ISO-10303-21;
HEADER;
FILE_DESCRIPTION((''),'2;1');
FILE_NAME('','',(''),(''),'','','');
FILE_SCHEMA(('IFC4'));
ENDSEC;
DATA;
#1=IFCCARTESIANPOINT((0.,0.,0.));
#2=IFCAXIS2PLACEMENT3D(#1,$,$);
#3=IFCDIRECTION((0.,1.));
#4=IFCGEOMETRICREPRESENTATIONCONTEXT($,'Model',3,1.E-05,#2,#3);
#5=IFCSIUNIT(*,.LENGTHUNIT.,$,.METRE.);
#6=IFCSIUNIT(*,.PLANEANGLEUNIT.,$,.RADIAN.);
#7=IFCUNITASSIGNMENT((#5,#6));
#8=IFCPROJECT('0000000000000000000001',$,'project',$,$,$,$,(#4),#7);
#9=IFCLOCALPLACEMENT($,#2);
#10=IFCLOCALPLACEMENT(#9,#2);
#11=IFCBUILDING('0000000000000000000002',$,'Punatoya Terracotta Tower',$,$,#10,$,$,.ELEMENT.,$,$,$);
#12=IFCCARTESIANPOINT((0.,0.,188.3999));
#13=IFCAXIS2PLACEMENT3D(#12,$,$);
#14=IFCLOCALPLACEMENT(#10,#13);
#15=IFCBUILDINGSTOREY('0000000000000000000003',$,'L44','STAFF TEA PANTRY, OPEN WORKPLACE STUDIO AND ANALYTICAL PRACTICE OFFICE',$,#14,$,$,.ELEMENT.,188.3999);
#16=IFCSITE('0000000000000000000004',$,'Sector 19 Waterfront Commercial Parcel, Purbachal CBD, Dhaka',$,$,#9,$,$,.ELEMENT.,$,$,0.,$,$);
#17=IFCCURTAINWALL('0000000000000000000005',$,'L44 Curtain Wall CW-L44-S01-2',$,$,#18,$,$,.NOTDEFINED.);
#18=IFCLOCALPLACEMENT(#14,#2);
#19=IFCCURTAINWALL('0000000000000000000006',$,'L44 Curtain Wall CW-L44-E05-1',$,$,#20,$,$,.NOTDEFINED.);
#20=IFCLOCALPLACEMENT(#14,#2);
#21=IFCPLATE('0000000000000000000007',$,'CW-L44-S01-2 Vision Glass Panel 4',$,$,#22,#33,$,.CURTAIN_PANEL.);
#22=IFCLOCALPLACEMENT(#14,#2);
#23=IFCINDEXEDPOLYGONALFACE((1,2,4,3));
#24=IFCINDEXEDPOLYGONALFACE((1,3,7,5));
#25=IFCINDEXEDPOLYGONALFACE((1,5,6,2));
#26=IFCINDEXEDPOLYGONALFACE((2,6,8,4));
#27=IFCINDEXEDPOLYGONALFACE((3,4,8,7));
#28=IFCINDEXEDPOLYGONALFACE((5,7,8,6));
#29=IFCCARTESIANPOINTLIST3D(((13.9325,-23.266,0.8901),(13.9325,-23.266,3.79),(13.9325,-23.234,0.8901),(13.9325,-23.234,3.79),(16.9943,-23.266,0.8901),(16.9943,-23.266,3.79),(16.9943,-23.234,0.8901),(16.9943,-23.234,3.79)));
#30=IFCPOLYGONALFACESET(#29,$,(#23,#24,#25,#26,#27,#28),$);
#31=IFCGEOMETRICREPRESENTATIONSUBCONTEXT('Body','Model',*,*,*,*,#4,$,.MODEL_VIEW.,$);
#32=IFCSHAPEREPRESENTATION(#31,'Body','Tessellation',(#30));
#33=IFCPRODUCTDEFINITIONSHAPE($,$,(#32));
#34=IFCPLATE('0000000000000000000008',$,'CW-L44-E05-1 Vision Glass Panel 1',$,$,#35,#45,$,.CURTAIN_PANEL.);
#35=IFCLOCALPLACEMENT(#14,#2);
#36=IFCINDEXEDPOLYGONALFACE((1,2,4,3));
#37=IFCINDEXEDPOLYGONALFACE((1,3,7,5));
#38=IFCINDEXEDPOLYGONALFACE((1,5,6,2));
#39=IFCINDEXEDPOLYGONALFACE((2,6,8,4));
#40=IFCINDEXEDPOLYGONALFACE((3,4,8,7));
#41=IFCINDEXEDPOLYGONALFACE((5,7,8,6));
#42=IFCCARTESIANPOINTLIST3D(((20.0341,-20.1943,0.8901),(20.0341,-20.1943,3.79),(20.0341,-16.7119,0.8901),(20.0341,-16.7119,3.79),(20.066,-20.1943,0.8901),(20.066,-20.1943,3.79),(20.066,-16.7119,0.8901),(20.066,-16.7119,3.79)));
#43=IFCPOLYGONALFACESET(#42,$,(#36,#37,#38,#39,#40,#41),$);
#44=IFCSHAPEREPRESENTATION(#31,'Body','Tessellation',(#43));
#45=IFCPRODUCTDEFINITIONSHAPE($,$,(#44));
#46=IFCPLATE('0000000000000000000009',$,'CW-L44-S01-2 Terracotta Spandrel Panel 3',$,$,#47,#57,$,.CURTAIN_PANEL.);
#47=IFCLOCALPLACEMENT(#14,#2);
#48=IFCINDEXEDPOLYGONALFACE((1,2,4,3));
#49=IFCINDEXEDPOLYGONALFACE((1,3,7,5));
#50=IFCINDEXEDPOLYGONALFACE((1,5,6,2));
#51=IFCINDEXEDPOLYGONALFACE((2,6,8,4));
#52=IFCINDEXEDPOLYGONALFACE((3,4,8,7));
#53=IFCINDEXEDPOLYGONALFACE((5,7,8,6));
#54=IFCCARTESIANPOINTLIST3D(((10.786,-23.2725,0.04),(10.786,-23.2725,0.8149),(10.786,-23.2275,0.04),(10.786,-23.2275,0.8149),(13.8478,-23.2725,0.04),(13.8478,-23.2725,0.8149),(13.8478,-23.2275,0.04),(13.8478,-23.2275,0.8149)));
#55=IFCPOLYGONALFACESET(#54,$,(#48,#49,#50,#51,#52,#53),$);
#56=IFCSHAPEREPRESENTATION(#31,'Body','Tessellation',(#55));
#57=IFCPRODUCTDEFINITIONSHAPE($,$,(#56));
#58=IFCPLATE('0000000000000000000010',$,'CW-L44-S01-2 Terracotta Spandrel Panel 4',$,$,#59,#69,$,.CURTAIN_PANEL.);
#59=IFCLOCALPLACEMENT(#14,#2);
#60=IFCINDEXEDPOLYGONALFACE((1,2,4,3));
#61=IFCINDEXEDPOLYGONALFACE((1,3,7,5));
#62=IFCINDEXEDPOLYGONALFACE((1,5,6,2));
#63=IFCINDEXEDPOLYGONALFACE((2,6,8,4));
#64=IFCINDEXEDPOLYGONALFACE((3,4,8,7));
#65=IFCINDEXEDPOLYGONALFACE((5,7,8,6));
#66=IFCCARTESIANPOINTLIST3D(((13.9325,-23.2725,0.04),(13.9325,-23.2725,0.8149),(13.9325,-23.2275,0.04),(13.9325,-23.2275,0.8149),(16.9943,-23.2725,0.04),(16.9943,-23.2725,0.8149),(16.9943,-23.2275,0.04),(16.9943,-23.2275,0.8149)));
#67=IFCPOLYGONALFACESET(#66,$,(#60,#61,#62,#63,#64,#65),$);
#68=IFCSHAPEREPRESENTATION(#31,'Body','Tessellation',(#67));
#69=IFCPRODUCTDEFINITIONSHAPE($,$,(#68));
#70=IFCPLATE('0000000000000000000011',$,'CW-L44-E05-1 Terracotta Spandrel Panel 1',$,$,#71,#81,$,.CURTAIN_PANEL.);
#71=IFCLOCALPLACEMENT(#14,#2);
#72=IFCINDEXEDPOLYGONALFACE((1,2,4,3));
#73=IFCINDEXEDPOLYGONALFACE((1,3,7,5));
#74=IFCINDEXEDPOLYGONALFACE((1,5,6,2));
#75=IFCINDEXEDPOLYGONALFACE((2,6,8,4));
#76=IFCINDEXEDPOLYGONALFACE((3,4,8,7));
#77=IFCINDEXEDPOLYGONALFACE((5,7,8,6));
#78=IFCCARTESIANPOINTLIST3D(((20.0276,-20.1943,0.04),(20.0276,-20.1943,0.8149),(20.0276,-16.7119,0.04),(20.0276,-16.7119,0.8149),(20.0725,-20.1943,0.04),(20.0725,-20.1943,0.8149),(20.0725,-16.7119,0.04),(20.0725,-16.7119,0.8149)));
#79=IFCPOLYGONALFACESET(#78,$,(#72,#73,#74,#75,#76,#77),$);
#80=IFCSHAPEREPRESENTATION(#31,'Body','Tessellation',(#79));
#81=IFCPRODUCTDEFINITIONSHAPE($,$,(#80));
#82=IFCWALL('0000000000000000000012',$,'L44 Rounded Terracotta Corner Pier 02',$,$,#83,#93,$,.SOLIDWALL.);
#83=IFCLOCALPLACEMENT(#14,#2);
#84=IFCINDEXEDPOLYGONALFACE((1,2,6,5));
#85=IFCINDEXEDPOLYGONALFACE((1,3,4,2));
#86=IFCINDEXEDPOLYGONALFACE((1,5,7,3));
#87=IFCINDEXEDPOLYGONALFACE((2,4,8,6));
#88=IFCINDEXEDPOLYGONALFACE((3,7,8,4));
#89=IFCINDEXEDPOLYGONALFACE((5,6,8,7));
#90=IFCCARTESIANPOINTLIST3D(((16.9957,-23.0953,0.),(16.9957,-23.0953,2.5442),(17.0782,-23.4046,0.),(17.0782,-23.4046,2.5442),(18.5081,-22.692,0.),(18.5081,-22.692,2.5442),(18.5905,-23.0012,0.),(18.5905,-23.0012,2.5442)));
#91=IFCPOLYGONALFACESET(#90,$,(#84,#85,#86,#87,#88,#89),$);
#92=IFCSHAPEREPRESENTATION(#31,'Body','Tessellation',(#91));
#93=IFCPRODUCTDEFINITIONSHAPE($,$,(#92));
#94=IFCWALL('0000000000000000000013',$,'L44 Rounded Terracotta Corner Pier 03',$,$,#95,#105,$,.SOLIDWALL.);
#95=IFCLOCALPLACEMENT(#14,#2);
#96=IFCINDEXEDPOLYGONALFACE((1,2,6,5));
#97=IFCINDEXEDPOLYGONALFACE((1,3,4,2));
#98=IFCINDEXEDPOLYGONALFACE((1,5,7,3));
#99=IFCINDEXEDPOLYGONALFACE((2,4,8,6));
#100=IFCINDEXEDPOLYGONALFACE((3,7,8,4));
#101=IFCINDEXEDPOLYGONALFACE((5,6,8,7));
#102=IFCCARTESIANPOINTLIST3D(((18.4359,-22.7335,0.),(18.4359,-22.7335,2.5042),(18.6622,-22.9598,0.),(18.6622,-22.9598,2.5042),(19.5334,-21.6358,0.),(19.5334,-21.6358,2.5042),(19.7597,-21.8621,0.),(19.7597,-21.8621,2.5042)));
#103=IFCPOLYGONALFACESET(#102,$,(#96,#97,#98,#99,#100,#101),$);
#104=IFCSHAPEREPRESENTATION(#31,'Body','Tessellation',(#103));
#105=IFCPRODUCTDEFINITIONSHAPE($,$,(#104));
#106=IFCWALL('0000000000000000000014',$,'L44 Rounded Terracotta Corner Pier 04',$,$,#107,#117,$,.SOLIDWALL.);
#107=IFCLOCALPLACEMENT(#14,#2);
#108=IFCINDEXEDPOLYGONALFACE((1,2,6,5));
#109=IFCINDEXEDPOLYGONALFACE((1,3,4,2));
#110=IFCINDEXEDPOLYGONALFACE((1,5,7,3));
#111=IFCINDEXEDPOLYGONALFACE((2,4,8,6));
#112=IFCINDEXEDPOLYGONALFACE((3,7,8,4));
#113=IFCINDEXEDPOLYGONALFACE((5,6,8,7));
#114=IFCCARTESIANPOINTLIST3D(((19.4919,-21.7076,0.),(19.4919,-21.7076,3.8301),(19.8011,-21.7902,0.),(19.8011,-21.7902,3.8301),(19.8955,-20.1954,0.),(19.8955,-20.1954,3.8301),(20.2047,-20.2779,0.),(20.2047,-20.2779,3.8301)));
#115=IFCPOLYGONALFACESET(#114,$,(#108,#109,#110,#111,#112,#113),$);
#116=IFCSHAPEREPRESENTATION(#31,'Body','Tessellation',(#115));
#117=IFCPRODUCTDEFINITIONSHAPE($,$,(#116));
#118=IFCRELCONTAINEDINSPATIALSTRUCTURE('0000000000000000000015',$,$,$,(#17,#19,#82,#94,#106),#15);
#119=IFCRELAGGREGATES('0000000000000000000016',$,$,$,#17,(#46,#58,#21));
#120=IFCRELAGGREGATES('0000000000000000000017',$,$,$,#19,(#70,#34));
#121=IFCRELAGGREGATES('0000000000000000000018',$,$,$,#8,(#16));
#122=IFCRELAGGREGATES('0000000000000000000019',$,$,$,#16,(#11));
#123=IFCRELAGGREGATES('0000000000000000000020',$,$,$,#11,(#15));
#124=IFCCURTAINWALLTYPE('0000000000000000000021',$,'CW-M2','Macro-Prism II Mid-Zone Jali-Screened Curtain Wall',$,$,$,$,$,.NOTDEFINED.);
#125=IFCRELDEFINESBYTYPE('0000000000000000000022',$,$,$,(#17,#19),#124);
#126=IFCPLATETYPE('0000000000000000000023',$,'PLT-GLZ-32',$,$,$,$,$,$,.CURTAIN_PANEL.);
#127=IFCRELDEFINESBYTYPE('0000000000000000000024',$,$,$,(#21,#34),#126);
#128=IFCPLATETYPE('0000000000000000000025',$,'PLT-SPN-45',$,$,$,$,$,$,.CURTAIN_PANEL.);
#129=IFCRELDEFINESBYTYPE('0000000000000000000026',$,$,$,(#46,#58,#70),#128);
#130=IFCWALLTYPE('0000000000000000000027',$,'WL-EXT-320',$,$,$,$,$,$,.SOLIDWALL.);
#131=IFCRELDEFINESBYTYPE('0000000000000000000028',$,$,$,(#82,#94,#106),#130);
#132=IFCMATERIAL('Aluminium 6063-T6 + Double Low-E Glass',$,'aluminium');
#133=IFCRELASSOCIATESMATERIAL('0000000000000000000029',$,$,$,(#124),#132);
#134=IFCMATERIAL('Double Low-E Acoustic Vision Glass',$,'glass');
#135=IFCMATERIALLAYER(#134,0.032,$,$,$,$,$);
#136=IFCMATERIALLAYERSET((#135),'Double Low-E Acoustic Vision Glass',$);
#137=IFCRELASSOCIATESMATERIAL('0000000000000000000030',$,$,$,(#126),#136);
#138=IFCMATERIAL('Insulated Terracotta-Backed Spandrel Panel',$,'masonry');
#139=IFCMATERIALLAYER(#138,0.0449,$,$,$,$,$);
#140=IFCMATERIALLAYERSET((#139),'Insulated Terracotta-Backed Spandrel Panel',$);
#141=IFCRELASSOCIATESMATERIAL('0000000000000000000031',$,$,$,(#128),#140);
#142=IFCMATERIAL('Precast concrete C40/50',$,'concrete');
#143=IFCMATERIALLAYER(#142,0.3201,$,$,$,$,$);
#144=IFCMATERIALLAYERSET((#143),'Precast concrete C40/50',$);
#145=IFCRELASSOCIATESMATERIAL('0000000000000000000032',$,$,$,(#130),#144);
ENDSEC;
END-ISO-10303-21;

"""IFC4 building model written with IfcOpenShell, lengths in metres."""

from ifc_helpers import new_model, si_unit, direction, frame, frame_2d, origin, origin_2d, place, context, subcontext, project, spatial, rectangle, extrude, material, layer, layer_set, type_object, element, aggregate, save


model = new_model("IFC4")

# Units and contexts
model_context = context("Model", 3, precision=1e-05, world=origin(), true_north=direction((0.0, 1.0)))
body_context = subcontext(model_context, "Body", "Model", "MODEL_VIEW")
ifc_project = project(units=[si_unit("LENGTHUNIT", "METRE"), si_unit("PLANEANGLEUNIT", "RADIAN")], contexts=[model_context])

# Site, building, storey
site_placement = place(None, origin())
site = spatial("IfcSite", under=ifc_project, at=site_placement, Name="Sector 19 Waterfront Commercial Parcel, Purbachal CBD, Dhaka", CompositionType="ELEMENT", RefElevation=0.0)
building_placement = place(site_placement, origin())
building = spatial("IfcBuilding", under=site, at=building_placement, Name="Punatoya Terracotta Tower", CompositionType="ELEMENT")
storey_placement = place(building_placement, frame((0.0, 0.0, 188.3999)))
storey = spatial("IfcBuildingStorey", under=building, at=storey_placement, Name="L44", Description="STAFF TEA PANTRY, OPEN WORKPLACE STUDIO AND ANALYTICAL PRACTICE OFFICE", CompositionType="ELEMENT", Elevation=188.3999)

# Curtain walls
ifc_material_1 = material(Name="Aluminium 6063-T6 + Double Low-E Glass", Category="aluminium")
curtain_wall_type = type_object("IfcCurtainWallType", Name="CW-M2", Description="Macro-Prism II Mid-Zone Jali-Screened Curtain Wall", PredefinedType="NOTDEFINED", material=ifc_material_1)
curtain_wall_1_placement = place(storey_placement, origin())
curtain_wall_1 = element("IfcCurtainWall", 1, at=curtain_wall_1_placement, inside=storey, type_object=curtain_wall_type, Name="L44 Curtain Wall CW-L44-S01-2", PredefinedType="NOTDEFINED")
curtain_wall_2_placement = place(storey_placement, origin())
curtain_wall_2 = element("IfcCurtainWall", 2, at=curtain_wall_2_placement, inside=storey, type_object=curtain_wall_type, Name="L44 Curtain Wall CW-L44-E05-1", PredefinedType="NOTDEFINED")

# Plates
ifc_material_2 = material(Name="Double Low-E Acoustic Vision Glass", Category="glass")
ifc_layer_1 = layer(ifc_material_2, 0.032)
ifc_layer_set_1 = layer_set([ifc_layer_1], Name="Double Low-E Acoustic Vision Glass")
plate_type_1 = type_object("IfcPlateType", Name="PLT-GLZ-32", PredefinedType="CURTAIN_PANEL", material=ifc_layer_set_1)
plate_1_placement = place(storey_placement, frame((15.4634, -23.25, 0.8901), z_axis=(0.0, 0.0, 1.0), x_axis=(1.0, 0.0, 0.0)))
plate_1 = element("IfcPlate", 3, at=plate_1_placement, type_object=plate_type_1, Name="CW-L44-S01-2 Vision Glass Panel 4", PredefinedType="CURTAIN_PANEL", context=body_context, shape_type="SweptSolid", body=[
    extrude(rectangle(XDim=3.0618, YDim=0.032, at=origin_2d()), origin(), (0.0, 0.0, 1.0), 2.8999),
])
plate_2_placement = place(storey_placement, frame((20.05, -18.4531, 0.8901), z_axis=(0.0, 0.0, 1.0), x_axis=(0.0, 1.0, 0.0)))
plate_2 = element("IfcPlate", 4, at=plate_2_placement, type_object=plate_type_1, Name="CW-L44-E05-1 Vision Glass Panel 1", PredefinedType="CURTAIN_PANEL", context=body_context, shape_type="SweptSolid", body=[
    extrude(rectangle(XDim=3.4824, YDim=0.032, at=origin_2d()), origin(), (0.0, 0.0, 1.0), 2.8999),
])
ifc_material_3 = material(Name="Insulated Terracotta-Backed Spandrel Panel", Category="masonry")
ifc_layer_2 = layer(ifc_material_3, 0.0449)
ifc_layer_set_2 = layer_set([ifc_layer_2], Name="Insulated Terracotta-Backed Spandrel Panel")
plate_type_2 = type_object("IfcPlateType", Name="PLT-SPN-45", PredefinedType="CURTAIN_PANEL", material=ifc_layer_set_2)
plate_3_placement = place(storey_placement, frame((12.3169, -23.25, 0.04), z_axis=(0.0, 0.0, 1.0), x_axis=(1.0, 0.0, 0.0)))
plate_3 = element("IfcPlate", 5, at=plate_3_placement, type_object=plate_type_2, Name="CW-L44-S01-2 Terracotta Spandrel Panel 3", PredefinedType="CURTAIN_PANEL", context=body_context, shape_type="SweptSolid", body=[
    extrude(rectangle(XDim=3.0618, YDim=0.0449, at=origin_2d()), origin(), (0.0, 0.0, 1.0), 0.7749),
])
plate_4_placement = place(storey_placement, frame((15.4634, -23.25, 0.04), z_axis=(0.0, 0.0, 1.0), x_axis=(1.0, 0.0, 0.0)))
plate_4 = element("IfcPlate", 6, at=plate_4_placement, type_object=plate_type_2, Name="CW-L44-S01-2 Terracotta Spandrel Panel 4", PredefinedType="CURTAIN_PANEL", context=body_context, shape_type="SweptSolid", body=[
    extrude(rectangle(XDim=3.0618, YDim=0.0449, at=origin_2d()), origin(), (0.0, 0.0, 1.0), 0.7749),
])
aggregate(curtain_wall_1, [plate_3, plate_4, plate_1])
plate_5_placement = place(storey_placement, frame((20.05, -18.4531, 0.04), z_axis=(0.0, 0.0, 1.0), x_axis=(0.0, 1.0, 0.0)))
plate_5 = element("IfcPlate", 7, at=plate_5_placement, type_object=plate_type_2, Name="CW-L44-E05-1 Terracotta Spandrel Panel 1", PredefinedType="CURTAIN_PANEL", context=body_context, shape_type="SweptSolid", body=[
    extrude(rectangle(XDim=3.4824, YDim=0.0449, at=origin_2d()), origin(), (0.0, 0.0, 1.0), 0.7749),
])
aggregate(curtain_wall_2, [plate_5, plate_2])

# Walls
ifc_material_4 = material(Name="Precast concrete C40/50", Category="concrete")
ifc_layer_3 = layer(ifc_material_4, 0.3201)
ifc_layer_set_3 = layer_set([ifc_layer_3], Name="Precast concrete C40/50")
wall_type = type_object("IfcWallType", Name="WL-EXT-320", PredefinedType="SOLIDWALL", material=ifc_layer_set_3)
wall_1_placement = place(storey_placement, frame((17.0369, -23.25, 0.0), z_axis=(0.0, 0.0, 1.0), x_axis=(0.966225, 0.257701, 0.0)))
element("IfcWall", 8, at=wall_1_placement, inside=storey, type_object=wall_type, Name="L44 Rounded Terracotta Corner Pier 02", PredefinedType="SOLIDWALL", context=body_context, shape_type="SweptSolid", body=[
    extrude(rectangle(XDim=1.5652, YDim=0.3201, at=frame_2d((0.7827, 0.0))), origin(), (0.0, 0.0, 1.0), 2.5442),
])
wall_2_placement = place(storey_placement, frame((18.5491, -22.8467, 0.0), z_axis=(0.0, 0.0, 1.0), x_axis=(0.707028, 0.707185, 0.0)))
element("IfcWall", 9, at=wall_2_placement, inside=storey, type_object=wall_type, Name="L44 Rounded Terracotta Corner Pier 03", PredefinedType="SOLIDWALL", context=body_context, shape_type="SweptSolid", body=[
    extrude(rectangle(XDim=1.5522, YDim=0.3201, at=frame_2d((0.7761, 0.0))), origin(), (0.0, 0.0, 1.0), 2.5042),
])
wall_3_placement = place(storey_placement, frame((19.6465, -21.749, 0.0), z_axis=(0.0, 0.0, 1.0), x_axis=(0.257847, 0.966186, 0.0)))
element("IfcWall", 10, at=wall_3_placement, inside=storey, type_object=wall_type, Name="L44 Rounded Terracotta Corner Pier 04", PredefinedType="SOLIDWALL", context=body_context, shape_type="SweptSolid", body=[
    extrude(rectangle(XDim=1.5652, YDim=0.3201, at=frame_2d((0.7827, 0.0))), origin(), (0.0, 0.0, 1.0), 3.8301),
])

save(model, "model.ifc")
